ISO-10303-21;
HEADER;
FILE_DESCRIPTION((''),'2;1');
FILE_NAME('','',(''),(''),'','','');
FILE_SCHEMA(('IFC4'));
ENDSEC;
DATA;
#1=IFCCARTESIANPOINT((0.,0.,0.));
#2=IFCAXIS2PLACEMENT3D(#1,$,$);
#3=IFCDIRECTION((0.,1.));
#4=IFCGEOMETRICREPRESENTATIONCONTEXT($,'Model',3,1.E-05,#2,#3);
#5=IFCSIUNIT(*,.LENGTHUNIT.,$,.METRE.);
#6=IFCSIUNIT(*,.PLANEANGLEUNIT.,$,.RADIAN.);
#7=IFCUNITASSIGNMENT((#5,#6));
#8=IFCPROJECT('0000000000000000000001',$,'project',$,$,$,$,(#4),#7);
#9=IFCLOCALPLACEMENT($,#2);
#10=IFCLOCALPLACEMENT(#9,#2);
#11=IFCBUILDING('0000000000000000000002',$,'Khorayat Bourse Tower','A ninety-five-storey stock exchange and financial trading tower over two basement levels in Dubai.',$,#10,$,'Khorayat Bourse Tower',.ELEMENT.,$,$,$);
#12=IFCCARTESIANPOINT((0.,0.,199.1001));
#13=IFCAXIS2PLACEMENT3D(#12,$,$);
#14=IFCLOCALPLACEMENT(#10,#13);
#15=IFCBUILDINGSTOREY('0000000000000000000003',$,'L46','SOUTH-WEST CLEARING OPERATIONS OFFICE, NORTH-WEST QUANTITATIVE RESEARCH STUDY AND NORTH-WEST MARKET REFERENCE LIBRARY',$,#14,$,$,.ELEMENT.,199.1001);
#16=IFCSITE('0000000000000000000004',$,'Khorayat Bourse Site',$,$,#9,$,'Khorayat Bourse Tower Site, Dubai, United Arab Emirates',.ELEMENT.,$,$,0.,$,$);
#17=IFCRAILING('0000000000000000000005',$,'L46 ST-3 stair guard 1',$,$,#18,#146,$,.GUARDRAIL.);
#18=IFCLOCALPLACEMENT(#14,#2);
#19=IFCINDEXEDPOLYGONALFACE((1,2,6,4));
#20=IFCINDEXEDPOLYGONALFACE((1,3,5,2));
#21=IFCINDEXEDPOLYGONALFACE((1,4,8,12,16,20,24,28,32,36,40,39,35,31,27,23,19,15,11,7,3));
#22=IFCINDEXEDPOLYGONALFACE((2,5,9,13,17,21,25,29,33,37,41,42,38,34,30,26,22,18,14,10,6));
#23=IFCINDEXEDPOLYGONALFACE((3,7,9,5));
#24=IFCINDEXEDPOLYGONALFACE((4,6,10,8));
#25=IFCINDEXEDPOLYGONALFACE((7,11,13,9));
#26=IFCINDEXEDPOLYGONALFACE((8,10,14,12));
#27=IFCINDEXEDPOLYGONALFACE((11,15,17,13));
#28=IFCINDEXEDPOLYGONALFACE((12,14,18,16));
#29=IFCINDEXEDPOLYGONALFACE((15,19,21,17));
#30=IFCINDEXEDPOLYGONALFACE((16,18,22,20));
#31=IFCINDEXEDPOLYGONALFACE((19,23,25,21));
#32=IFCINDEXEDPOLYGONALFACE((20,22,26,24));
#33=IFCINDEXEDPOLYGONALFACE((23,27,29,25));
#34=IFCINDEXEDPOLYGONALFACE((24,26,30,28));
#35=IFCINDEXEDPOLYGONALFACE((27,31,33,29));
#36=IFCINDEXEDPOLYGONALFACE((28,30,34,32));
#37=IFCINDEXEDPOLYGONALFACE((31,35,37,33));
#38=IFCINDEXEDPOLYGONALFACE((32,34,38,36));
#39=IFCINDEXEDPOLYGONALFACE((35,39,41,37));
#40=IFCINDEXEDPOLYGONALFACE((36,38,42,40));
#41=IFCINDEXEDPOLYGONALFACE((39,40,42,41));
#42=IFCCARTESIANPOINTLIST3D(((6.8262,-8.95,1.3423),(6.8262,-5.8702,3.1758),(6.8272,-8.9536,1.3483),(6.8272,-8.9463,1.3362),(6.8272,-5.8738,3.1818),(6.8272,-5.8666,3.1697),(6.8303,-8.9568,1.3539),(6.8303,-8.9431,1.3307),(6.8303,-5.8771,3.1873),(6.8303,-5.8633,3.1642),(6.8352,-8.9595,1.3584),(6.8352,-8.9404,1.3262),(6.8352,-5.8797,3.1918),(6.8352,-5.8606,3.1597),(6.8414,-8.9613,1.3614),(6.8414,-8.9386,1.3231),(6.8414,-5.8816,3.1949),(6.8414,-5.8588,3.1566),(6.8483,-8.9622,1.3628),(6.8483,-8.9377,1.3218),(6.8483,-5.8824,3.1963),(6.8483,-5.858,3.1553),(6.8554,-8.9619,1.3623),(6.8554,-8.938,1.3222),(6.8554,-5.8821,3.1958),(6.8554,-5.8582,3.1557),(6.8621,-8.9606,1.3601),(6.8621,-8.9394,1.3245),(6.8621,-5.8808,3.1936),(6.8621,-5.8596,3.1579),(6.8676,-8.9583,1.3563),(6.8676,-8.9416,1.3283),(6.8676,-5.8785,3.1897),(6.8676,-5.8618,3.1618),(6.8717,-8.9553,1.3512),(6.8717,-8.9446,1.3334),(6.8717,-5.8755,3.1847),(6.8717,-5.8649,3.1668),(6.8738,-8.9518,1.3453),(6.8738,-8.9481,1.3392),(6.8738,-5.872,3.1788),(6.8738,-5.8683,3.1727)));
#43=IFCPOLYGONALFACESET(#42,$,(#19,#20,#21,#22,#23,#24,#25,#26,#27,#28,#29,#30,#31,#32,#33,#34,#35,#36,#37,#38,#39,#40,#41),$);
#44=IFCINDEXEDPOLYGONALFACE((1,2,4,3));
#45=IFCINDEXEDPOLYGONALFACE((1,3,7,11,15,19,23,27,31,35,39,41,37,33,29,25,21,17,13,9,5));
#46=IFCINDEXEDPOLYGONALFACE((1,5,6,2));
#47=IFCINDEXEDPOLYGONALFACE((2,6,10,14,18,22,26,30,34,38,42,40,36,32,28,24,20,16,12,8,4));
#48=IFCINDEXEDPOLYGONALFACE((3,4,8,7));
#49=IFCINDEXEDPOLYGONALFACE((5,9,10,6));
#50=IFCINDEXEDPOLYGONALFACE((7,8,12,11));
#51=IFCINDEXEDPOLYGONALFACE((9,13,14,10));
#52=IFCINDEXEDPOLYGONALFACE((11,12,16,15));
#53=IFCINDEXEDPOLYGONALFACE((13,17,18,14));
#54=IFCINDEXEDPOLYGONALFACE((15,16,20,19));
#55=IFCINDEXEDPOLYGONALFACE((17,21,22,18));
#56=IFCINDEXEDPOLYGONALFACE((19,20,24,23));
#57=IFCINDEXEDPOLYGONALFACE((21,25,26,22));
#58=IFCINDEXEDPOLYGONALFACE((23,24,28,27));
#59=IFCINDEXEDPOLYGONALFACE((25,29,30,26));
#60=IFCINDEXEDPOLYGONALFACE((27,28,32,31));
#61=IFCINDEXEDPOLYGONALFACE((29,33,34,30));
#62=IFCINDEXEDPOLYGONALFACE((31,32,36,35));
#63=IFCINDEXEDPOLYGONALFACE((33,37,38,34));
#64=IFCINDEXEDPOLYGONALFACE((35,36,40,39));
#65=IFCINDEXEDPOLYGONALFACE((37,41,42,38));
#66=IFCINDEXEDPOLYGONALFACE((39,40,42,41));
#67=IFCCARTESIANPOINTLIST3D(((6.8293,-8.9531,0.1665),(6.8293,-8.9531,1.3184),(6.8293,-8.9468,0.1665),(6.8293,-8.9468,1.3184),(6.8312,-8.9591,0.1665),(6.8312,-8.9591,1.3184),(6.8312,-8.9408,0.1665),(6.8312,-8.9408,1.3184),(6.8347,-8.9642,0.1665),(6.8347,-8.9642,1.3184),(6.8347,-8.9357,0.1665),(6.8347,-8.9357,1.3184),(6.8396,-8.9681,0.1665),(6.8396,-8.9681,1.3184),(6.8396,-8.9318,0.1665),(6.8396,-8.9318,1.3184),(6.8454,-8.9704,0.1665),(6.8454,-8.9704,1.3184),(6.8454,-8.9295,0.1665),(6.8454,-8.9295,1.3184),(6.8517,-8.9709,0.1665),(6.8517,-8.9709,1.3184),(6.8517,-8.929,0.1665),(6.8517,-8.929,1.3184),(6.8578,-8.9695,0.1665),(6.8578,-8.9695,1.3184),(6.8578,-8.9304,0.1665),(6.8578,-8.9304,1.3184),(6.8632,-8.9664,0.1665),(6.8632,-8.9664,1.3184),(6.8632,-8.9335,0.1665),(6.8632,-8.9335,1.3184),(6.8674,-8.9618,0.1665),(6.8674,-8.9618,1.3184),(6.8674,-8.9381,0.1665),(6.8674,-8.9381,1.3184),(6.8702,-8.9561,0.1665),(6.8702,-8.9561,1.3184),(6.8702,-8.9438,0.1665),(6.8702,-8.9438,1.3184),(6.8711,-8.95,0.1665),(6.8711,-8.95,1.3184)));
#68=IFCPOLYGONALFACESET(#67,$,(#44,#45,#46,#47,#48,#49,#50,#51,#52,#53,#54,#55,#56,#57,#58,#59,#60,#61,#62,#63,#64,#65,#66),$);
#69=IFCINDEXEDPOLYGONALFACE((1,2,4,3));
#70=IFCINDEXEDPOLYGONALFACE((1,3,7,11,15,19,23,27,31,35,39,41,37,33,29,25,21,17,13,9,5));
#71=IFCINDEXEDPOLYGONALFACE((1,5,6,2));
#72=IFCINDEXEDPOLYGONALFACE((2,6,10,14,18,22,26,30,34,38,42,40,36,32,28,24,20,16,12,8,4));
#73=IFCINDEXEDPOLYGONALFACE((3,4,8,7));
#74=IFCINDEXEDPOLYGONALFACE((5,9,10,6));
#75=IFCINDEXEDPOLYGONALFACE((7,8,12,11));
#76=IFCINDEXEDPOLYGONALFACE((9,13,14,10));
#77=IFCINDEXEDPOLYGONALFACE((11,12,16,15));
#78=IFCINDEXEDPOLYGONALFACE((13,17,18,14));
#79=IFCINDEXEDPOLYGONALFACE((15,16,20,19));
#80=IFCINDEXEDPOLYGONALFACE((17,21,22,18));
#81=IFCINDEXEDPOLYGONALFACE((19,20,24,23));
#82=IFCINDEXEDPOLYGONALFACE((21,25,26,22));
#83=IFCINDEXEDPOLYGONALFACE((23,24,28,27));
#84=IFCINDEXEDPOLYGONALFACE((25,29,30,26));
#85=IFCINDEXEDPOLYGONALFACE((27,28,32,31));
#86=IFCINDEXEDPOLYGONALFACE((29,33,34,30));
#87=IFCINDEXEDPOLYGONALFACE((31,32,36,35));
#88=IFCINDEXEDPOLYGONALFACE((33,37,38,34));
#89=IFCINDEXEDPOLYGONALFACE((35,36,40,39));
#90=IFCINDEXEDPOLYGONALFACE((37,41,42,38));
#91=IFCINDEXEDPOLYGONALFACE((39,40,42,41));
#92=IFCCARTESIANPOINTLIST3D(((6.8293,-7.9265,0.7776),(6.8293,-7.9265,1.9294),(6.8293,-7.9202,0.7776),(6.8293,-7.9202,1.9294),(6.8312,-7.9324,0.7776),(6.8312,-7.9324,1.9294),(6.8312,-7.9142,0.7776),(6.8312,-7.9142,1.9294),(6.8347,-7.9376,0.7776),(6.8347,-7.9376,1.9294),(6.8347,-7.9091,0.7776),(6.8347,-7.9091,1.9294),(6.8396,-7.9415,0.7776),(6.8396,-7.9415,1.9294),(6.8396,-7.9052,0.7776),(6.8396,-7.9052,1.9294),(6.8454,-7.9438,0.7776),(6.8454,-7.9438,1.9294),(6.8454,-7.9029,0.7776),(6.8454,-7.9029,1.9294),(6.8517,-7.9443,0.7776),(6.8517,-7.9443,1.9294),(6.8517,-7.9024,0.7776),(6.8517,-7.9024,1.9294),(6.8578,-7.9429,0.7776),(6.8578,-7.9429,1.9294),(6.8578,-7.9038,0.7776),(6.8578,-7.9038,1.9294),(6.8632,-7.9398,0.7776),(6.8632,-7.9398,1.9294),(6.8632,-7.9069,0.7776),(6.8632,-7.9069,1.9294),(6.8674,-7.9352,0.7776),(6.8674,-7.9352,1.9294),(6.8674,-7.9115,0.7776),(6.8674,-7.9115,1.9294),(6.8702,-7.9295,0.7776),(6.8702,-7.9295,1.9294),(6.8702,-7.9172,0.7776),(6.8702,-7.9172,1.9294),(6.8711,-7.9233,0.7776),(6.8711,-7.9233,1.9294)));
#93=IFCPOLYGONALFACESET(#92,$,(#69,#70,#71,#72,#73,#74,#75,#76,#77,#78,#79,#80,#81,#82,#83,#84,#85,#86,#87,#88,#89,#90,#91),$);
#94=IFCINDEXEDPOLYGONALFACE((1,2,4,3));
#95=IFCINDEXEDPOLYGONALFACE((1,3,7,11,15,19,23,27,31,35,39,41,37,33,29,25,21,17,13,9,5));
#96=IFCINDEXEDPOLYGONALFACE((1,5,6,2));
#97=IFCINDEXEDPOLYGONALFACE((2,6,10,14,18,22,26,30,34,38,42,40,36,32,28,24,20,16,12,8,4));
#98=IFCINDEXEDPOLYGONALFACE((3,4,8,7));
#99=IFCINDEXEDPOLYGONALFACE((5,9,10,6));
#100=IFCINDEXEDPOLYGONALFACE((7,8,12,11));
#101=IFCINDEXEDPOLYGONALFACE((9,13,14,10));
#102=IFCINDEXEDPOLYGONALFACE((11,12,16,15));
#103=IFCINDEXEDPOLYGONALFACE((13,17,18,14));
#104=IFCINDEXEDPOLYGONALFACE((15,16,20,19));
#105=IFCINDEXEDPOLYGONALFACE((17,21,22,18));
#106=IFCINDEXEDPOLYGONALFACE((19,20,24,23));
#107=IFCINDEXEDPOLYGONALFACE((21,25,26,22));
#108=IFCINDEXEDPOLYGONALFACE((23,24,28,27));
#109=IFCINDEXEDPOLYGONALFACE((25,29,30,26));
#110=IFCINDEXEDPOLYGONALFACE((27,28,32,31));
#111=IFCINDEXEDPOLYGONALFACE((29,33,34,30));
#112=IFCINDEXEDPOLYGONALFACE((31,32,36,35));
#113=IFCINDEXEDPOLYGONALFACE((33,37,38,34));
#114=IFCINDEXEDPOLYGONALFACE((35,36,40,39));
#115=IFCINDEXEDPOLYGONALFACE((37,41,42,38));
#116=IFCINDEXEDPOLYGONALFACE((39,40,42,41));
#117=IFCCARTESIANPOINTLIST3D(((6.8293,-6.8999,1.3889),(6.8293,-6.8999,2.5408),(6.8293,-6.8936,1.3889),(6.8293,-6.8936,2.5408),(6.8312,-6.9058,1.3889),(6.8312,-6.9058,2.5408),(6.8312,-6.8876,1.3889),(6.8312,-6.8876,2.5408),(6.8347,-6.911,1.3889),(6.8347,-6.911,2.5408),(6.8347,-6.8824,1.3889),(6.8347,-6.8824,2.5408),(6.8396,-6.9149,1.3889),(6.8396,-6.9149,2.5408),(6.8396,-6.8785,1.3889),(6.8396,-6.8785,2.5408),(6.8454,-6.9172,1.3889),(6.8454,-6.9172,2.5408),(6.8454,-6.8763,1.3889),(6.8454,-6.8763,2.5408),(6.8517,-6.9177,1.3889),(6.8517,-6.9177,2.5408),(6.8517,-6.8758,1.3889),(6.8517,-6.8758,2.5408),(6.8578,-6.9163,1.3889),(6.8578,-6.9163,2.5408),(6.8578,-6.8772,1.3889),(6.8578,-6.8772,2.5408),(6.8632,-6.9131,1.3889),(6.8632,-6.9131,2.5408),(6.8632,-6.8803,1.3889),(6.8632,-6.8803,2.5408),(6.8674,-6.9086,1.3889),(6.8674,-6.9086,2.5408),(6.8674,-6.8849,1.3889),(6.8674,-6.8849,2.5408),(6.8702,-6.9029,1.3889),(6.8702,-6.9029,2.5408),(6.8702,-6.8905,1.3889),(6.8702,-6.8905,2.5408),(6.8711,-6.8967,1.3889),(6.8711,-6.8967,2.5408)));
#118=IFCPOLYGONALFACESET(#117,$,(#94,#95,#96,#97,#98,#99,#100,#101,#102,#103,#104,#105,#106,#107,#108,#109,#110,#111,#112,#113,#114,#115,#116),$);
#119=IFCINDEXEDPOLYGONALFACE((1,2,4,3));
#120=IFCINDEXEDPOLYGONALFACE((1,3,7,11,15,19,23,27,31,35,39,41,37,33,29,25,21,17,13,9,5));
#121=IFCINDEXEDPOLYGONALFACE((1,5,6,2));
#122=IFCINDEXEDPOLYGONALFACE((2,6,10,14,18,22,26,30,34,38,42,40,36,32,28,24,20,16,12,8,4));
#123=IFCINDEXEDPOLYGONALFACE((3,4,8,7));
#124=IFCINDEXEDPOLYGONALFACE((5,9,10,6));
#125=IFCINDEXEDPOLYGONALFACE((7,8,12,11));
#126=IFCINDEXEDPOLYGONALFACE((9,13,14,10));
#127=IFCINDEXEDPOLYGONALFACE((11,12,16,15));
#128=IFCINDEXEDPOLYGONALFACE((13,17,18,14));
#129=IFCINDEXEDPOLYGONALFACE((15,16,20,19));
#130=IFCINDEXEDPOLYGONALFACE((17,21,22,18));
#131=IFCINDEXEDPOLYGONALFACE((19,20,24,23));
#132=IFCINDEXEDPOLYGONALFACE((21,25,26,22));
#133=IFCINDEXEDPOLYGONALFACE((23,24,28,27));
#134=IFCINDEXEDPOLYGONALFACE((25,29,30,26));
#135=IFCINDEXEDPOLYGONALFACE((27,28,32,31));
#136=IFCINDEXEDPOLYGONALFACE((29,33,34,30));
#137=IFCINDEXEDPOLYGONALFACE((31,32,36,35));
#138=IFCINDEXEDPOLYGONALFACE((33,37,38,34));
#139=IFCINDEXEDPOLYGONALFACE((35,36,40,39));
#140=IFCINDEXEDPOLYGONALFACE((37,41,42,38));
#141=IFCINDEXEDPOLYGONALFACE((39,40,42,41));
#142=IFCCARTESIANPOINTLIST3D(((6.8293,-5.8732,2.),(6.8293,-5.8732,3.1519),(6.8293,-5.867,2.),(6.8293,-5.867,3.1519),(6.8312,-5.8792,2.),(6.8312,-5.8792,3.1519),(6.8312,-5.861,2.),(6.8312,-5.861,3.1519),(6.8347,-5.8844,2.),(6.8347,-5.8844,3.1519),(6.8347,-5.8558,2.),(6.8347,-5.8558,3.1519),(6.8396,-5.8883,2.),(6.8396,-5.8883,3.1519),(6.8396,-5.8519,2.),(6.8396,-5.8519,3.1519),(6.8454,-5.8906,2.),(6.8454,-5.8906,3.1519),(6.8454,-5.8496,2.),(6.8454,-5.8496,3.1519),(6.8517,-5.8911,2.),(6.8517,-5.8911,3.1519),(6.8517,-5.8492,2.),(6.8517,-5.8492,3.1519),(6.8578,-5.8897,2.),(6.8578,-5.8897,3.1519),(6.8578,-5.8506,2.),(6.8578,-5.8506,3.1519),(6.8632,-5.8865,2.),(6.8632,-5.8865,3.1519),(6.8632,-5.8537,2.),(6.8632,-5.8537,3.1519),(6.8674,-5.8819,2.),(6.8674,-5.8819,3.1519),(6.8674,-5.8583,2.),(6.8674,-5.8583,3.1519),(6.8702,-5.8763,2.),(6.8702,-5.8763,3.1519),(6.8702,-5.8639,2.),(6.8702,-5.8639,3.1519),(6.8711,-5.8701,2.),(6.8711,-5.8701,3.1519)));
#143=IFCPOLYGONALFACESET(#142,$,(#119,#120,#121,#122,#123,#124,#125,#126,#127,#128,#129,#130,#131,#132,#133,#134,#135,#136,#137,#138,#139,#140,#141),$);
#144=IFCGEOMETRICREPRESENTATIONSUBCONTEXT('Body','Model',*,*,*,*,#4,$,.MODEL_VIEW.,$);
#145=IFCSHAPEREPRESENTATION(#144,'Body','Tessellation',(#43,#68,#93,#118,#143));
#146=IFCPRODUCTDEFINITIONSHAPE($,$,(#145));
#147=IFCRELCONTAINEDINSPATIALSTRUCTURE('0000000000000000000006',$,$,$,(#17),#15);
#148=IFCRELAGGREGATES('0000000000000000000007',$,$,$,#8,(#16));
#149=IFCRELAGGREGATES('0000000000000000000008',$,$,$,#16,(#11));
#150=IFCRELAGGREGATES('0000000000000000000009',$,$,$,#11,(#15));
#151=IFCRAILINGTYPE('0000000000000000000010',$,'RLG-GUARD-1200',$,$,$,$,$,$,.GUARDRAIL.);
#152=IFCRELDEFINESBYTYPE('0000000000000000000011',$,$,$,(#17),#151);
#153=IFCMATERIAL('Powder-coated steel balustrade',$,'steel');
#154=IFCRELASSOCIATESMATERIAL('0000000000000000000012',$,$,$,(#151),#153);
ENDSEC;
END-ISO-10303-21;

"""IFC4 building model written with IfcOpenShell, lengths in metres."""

from ifc_helpers import new_model, si_unit, direction, frame, origin, origin_2d, place, context, subcontext, project, spatial, circle, extrude, source, transform, mapped, material, type_object, element, save


model = new_model("IFC4")

# Units and contexts
model_context = context("Model", 3, precision=1e-05, world=origin(), true_north=direction((0.0, 1.0)))
body_context = subcontext(model_context, "Body", "Model", "MODEL_VIEW")
ifc_project = project(units=[si_unit("LENGTHUNIT", "METRE"), si_unit("PLANEANGLEUNIT", "RADIAN")], contexts=[model_context])

# Site, building, storey
site_placement = place(None, origin())
site = spatial("IfcSite", under=ifc_project, at=site_placement, Name="Khorayat Bourse Site", LongName="Khorayat Bourse Tower Site, Dubai, United Arab Emirates", CompositionType="ELEMENT", RefElevation=0.0)
building_placement = place(site_placement, origin())
building = spatial("IfcBuilding", under=site, at=building_placement, Name="Khorayat Bourse Tower", Description="A ninety-five-storey stock exchange and financial trading tower over two basement levels in Dubai.", LongName="Khorayat Bourse Tower", CompositionType="ELEMENT")
storey_placement = place(building_placement, frame((0.0, 0.0, 199.1001)))
storey = spatial("IfcBuildingStorey", under=building, at=storey_placement, Name="L46", Description="SOUTH-WEST CLEARING OPERATIONS OFFICE, NORTH-WEST QUANTITATIVE RESEARCH STUDY AND NORTH-WEST MARKET REFERENCE LIBRARY", CompositionType="ELEMENT", Elevation=199.1001)

# Railing
ifc_material_1 = material(Name="Powder-coated steel balustrade", Category="steel")
railing_type_1 = type_object("IfcRailingType", Name="RLG-GUARD-1200", PredefinedType="GUARDRAIL", material=ifc_material_1)
shared_shape_1 = source(origin(), body_context, "Body", "SweptSolid", [
    extrude(circle(Radius=0.0239, at=origin_2d()), frame((0.0, 0.0, 1.1758), z_axis=(0.0, 0.859261, 0.511538), x_axis=(-1.0, 0.0, 0.0)), (0.0, 0.0, 1.0), 3.5842),
    extrude(circle(Radius=0.021, at=origin_2d()), origin(), (0.0, 0.0, 1.0), 1.1519),
    extrude(circle(Radius=0.021, at=origin_2d()), frame((0.0, 1.0266, 0.6111)), (0.0, 0.0, 1.0), 1.1519),
    extrude(circle(Radius=0.021, at=origin_2d()), frame((0.0, 2.0532, 1.2224)), (0.0, 0.0, 1.0), 1.1519),
    extrude(circle(Radius=0.021, at=origin_2d()), frame((0.0, 3.0798, 1.8335)), (0.0, 0.0, 1.0), 1.1519),
])
railing_1_placement = place(storey_placement, frame((6.8501, -8.95, 0.1665)))
element("IfcRailing", 1, at=railing_1_placement, inside=storey, type_object=railing_type_1, Name="L46 ST-3 stair guard 1", PredefinedType="GUARDRAIL", context=body_context, shape_type="MappedRepresentation", body=[
    mapped(shared_shape_1, transform((0.0, 0.0, 0.0), scale=1.0)),
])

save(model, "model.ifc")
